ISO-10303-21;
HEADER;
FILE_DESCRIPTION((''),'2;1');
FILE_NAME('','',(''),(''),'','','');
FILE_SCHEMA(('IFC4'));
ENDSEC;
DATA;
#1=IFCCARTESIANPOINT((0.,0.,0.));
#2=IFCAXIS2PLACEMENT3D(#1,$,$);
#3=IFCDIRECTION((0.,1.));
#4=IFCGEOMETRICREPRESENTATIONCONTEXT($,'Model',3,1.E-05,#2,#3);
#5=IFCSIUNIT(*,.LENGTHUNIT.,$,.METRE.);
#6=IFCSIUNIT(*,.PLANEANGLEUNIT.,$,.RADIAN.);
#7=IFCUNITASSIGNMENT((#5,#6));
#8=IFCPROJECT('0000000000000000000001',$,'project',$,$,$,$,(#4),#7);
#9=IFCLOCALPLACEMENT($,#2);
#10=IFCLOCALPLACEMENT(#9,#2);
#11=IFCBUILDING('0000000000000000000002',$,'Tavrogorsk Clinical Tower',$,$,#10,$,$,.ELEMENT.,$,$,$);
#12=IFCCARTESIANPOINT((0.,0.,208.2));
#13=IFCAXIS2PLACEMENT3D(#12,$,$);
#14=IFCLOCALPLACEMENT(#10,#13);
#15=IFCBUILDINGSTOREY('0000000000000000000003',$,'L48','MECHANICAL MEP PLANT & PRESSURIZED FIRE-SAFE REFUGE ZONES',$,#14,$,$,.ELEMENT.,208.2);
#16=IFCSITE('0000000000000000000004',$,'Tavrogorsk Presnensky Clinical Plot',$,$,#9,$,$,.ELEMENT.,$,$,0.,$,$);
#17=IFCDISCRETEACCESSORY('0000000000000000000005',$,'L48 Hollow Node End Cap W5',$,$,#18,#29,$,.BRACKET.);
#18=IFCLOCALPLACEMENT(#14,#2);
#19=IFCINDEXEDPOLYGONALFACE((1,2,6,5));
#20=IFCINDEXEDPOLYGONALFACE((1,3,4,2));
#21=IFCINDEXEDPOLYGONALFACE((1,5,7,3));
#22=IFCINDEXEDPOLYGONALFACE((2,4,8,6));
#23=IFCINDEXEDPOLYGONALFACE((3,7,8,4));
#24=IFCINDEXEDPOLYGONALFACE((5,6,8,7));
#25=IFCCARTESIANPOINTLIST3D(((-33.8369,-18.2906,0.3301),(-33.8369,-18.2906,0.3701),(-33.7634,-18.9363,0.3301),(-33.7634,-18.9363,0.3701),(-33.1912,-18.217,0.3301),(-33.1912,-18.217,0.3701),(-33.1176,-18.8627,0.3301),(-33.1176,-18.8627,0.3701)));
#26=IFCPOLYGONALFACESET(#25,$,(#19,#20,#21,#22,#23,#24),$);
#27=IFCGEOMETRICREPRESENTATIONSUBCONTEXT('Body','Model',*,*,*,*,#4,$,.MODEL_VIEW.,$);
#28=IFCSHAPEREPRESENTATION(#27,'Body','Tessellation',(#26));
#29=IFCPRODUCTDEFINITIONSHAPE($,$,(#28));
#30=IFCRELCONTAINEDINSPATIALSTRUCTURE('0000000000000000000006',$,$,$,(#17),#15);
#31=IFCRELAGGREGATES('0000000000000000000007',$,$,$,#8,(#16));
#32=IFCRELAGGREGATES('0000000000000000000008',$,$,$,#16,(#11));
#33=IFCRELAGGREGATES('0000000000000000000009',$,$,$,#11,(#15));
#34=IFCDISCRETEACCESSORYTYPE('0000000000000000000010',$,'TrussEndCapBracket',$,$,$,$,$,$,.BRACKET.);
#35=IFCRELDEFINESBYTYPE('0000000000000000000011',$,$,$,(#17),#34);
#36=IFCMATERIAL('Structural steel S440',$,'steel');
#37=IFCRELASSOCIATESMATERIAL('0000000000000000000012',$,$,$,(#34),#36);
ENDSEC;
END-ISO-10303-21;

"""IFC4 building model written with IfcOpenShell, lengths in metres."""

from ifc_helpers import new_model, si_unit, direction, frame, origin, origin_2d, place, context, subcontext, project, spatial, rectangle, extrude, material, type_object, element, save


model = new_model("IFC4")

# Units and contexts
model_context = context("Model", 3, precision=1e-05, world=origin(), true_north=direction((0.0, 1.0)))
body_context = subcontext(model_context, "Body", "Model", "MODEL_VIEW")
ifc_project = project(units=[si_unit("LENGTHUNIT", "METRE"), si_unit("PLANEANGLEUNIT", "RADIAN")], contexts=[model_context])

# Site, building, storey
site_placement = place(None, origin())
site = spatial("IfcSite", under=ifc_project, at=site_placement, Name="Tavrogorsk Presnensky Clinical Plot", CompositionType="ELEMENT", RefElevation=0.0)
building_placement = place(site_placement, origin())
building = spatial("IfcBuilding", under=site, at=building_placement, Name="Tavrogorsk Clinical Tower", CompositionType="ELEMENT")
storey_placement = place(building_placement, frame((0.0, 0.0, 208.2)))
storey = spatial("IfcBuildingStorey", under=building, at=storey_placement, Name="L48", Description="MECHANICAL MEP PLANT & PRESSURIZED FIRE-SAFE REFUGE ZONES", CompositionType="ELEMENT", Elevation=208.2)

# Discrete accessory
ifc_material_1 = material(Name="Structural steel S440", Category="steel")
discrete_accessory_type_1 = type_object("IfcDiscreteAccessoryType", Name="TrussEndCapBracket", PredefinedType="BRACKET", material=ifc_material_1)
for number, where, z_axis, x_axis, name in (
    (1, (-33.4773, -18.5767, 0.3301), (0.0, 0.0, 1.0), (0.993572, 0.113203, 0.0), "L48 Hollow Node End Cap W5"),
):
    element("IfcDiscreteAccessory", number, at=place(storey_placement, frame(where, z_axis=z_axis, x_axis=x_axis)), inside=storey, type_object=discrete_accessory_type_1, Name=name, PredefinedType="BRACKET", context=body_context, shape_type="SweptSolid", body=[
        extrude(rectangle(XDim=0.6499, YDim=0.6499, at=origin_2d()), origin(), (0.0, 0.0, 1.0), 0.04),
    ])

save(model, "model.ifc")
